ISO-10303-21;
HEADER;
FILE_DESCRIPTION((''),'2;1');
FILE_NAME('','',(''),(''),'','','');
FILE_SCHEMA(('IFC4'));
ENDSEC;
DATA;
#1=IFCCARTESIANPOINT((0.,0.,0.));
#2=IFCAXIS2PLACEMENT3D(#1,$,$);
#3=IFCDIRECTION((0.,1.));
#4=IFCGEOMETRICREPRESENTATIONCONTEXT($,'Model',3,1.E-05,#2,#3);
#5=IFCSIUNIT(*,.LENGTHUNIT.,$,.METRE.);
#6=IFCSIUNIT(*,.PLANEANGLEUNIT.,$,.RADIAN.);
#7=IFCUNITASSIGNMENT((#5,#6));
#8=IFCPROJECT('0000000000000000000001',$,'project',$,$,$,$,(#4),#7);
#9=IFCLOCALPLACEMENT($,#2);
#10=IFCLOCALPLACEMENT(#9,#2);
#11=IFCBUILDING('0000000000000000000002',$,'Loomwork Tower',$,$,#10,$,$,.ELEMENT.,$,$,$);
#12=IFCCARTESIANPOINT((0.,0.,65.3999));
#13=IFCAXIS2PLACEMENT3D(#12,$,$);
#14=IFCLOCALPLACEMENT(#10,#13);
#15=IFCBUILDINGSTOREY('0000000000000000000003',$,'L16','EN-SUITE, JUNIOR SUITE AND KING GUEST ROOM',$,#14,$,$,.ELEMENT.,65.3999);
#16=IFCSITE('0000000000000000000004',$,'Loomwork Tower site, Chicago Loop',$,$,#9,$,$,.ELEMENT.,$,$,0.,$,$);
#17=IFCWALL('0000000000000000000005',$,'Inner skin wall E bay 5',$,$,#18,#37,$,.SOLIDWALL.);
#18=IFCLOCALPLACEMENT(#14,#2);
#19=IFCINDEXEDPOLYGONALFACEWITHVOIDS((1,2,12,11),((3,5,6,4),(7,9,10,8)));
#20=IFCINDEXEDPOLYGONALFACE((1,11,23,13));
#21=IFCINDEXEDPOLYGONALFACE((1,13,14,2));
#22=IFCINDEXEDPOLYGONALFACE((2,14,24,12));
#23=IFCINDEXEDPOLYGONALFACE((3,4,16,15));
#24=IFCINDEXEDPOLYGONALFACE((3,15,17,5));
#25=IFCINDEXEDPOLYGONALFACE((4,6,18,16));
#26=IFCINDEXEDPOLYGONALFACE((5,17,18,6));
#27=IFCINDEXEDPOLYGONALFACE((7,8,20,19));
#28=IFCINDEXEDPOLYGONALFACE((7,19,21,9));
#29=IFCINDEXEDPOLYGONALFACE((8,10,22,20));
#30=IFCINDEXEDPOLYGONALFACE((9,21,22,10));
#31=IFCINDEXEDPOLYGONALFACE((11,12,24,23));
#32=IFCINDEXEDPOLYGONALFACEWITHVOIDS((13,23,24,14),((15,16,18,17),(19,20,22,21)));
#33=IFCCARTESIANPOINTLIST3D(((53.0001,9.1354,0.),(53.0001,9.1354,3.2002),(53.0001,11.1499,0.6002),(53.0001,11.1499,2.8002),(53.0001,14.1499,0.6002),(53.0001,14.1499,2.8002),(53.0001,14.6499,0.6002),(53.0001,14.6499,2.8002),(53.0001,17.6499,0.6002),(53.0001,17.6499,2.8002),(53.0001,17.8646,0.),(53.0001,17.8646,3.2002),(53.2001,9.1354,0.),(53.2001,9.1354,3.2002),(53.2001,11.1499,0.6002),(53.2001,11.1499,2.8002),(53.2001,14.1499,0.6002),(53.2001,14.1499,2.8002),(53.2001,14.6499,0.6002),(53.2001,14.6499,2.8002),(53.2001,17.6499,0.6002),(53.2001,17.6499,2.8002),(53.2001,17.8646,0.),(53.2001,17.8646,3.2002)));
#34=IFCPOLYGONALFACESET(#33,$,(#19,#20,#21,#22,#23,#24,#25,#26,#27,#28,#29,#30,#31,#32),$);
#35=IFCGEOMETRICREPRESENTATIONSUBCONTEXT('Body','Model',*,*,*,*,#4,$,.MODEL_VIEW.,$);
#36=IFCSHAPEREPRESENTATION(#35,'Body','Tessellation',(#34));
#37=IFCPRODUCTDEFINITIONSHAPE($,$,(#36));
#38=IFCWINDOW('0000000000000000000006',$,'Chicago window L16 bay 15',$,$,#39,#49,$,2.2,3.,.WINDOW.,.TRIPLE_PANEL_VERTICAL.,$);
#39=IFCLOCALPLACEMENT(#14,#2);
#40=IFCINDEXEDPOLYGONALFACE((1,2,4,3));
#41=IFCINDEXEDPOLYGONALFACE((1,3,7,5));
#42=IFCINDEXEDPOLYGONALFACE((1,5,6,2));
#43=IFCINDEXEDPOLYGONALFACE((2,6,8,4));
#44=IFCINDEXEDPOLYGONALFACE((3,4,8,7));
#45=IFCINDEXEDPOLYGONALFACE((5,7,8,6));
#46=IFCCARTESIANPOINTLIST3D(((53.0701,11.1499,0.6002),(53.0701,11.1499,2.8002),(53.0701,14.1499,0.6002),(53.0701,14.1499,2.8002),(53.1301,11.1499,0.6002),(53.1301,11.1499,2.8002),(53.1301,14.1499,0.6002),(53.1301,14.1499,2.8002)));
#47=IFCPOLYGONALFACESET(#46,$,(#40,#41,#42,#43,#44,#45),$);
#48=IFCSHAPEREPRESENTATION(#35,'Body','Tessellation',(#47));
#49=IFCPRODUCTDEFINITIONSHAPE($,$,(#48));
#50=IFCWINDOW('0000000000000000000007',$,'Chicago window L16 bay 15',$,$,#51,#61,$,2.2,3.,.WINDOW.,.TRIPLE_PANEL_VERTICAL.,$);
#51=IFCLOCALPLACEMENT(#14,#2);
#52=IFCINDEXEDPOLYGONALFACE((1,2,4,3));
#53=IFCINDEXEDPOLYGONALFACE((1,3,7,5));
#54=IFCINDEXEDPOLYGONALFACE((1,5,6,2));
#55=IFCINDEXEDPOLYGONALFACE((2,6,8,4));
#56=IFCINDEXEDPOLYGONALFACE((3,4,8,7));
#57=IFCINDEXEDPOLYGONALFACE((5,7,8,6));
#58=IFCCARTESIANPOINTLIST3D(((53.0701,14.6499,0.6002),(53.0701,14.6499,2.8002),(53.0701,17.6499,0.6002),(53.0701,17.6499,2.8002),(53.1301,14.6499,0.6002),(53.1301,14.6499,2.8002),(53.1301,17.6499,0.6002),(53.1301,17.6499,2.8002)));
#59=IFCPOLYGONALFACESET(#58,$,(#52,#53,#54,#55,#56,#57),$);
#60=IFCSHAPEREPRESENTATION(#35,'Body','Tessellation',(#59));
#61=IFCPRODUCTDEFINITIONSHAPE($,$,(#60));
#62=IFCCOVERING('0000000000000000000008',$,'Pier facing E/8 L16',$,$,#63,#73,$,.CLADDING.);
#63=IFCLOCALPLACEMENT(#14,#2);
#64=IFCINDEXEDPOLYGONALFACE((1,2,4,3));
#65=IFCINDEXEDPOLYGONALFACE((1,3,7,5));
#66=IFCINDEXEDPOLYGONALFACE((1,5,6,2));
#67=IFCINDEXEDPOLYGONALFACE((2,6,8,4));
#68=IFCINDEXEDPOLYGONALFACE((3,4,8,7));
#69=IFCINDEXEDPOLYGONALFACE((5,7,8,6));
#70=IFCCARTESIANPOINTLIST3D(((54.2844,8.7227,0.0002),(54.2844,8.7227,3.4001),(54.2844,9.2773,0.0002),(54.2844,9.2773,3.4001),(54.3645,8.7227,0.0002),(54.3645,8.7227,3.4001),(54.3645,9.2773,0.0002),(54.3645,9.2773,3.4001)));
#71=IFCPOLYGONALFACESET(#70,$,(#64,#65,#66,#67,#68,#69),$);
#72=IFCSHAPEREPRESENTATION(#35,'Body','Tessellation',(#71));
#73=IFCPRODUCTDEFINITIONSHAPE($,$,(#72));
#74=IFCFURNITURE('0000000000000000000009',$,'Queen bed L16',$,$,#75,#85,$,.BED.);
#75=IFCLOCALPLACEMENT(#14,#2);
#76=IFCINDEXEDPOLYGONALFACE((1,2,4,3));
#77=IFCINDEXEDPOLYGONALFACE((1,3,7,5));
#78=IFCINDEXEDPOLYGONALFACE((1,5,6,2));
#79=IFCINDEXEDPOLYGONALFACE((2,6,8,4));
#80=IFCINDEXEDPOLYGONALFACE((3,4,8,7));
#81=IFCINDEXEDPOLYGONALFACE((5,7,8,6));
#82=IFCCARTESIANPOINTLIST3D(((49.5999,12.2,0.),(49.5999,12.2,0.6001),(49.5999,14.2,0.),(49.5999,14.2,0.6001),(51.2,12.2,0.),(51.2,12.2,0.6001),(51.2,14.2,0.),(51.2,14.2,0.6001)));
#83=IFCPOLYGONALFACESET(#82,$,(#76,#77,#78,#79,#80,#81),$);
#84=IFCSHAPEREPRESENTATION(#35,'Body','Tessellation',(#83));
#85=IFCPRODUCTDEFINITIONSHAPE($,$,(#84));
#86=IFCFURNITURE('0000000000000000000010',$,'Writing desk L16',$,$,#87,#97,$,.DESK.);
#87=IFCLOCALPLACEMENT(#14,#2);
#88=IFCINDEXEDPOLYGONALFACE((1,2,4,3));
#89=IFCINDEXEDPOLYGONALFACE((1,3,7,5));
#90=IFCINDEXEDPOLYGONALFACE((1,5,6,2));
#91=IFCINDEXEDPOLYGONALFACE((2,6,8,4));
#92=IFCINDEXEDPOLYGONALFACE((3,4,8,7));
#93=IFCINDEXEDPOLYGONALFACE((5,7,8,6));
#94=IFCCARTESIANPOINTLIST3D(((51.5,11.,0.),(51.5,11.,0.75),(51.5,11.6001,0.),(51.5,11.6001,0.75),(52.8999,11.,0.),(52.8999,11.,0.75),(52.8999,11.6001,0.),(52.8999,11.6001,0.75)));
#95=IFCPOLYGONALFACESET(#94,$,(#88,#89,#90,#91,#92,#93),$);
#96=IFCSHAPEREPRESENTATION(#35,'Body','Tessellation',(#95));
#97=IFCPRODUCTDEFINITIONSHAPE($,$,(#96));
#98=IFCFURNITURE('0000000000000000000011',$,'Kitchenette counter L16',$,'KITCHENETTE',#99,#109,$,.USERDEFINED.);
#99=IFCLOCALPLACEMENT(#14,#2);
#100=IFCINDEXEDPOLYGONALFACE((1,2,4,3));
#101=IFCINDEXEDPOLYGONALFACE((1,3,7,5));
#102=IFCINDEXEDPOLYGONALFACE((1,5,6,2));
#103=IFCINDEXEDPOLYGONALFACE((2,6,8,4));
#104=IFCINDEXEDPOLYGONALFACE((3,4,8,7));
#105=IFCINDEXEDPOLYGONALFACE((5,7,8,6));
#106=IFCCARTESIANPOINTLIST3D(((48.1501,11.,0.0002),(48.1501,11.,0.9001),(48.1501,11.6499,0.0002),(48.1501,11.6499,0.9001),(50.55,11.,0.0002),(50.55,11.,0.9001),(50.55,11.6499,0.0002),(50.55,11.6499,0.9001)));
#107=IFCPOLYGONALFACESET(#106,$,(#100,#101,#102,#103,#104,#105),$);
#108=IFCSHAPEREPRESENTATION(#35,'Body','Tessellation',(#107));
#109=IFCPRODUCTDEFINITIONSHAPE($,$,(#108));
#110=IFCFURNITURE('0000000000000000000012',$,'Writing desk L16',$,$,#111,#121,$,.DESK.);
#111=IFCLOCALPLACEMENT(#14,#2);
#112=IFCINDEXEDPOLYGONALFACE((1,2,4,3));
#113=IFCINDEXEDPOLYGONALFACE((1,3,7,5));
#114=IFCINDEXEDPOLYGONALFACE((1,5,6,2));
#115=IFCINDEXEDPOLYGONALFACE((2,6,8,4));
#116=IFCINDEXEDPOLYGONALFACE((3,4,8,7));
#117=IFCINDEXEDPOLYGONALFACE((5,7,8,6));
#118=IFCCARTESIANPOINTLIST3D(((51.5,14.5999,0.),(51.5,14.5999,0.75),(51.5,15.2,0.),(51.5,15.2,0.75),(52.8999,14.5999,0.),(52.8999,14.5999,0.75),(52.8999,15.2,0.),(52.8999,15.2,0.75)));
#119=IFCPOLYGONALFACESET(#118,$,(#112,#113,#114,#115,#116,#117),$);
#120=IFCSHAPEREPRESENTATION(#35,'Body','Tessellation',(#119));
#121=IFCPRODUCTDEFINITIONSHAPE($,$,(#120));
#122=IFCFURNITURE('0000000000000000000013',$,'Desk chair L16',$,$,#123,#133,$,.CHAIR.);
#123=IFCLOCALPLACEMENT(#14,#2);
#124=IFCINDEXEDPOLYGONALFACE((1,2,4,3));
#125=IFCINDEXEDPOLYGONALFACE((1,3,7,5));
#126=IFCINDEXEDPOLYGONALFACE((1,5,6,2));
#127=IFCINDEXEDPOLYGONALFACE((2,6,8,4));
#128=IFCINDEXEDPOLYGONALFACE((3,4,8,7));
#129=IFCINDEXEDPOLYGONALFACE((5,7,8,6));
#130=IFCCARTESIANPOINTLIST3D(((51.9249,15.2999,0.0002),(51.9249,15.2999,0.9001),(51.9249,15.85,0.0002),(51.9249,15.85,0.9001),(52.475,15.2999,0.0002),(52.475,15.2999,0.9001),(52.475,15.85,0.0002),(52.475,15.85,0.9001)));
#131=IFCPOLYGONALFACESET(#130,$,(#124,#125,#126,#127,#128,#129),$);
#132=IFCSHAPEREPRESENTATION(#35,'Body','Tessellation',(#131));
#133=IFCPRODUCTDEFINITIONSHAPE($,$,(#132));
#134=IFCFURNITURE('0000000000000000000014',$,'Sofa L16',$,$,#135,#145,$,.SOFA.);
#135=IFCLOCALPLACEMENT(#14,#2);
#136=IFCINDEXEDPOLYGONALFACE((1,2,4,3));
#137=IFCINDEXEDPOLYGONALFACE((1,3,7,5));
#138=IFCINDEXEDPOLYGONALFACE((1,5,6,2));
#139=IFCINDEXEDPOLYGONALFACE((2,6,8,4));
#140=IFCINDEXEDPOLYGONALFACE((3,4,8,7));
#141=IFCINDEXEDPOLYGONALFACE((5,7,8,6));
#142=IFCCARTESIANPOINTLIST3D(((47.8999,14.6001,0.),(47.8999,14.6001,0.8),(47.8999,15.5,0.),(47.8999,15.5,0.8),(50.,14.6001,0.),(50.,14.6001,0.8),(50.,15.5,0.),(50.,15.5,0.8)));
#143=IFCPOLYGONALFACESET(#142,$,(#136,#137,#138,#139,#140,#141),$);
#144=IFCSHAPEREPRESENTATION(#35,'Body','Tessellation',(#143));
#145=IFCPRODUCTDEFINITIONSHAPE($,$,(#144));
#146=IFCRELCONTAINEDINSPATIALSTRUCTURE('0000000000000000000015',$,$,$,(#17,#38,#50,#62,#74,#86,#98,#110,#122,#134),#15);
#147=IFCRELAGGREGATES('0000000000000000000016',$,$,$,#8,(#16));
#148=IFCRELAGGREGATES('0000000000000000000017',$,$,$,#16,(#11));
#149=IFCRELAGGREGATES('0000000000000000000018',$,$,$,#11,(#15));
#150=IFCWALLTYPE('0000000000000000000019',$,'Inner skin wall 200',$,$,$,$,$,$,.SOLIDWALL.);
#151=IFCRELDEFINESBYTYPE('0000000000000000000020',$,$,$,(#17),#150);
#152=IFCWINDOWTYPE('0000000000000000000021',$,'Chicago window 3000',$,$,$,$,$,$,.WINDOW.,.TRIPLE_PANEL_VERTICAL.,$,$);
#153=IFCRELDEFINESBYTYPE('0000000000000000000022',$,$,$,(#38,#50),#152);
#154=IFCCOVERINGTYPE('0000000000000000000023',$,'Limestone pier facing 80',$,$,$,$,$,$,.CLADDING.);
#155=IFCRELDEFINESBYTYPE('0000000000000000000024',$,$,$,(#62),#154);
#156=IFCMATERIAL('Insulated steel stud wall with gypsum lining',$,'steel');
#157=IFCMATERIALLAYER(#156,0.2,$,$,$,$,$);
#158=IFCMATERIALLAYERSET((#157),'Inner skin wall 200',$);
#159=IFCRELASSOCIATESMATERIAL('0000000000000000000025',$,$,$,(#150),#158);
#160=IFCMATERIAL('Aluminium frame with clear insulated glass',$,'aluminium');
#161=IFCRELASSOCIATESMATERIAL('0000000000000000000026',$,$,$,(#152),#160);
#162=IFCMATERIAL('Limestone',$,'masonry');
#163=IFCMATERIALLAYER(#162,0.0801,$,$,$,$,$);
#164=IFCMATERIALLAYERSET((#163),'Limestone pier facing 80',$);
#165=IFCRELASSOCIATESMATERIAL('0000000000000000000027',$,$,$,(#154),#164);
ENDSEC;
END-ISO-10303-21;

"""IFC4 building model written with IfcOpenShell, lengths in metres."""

from ifc_helpers import new_model, si_unit, direction, frame, frame_2d, origin, origin_2d, place, context, subcontext, project, spatial, rectangle, extrude, material, layer, layer_set, type_object, element, fill, save


model = new_model("IFC4")

# Units and contexts
model_context = context("Model", 3, precision=1e-05, world=origin(), true_north=direction((0.0, 1.0)))
body_context = subcontext(model_context, "Body", "Model", "MODEL_VIEW")
ifc_project = project(units=[si_unit("LENGTHUNIT", "METRE"), si_unit("PLANEANGLEUNIT", "RADIAN")], contexts=[model_context])

# Site, building, storey
site_placement = place(None, origin())
site = spatial("IfcSite", under=ifc_project, at=site_placement, Name="Loomwork Tower site, Chicago Loop", CompositionType="ELEMENT", RefElevation=0.0)
building_placement = place(site_placement, origin())
building = spatial("IfcBuilding", under=site, at=building_placement, Name="Loomwork Tower", CompositionType="ELEMENT")
storey_placement = place(building_placement, frame((0.0, 0.0, 65.3999)))
storey = spatial("IfcBuildingStorey", under=building, at=storey_placement, Name="L16", Description="EN-SUITE, JUNIOR SUITE AND KING GUEST ROOM", CompositionType="ELEMENT", Elevation=65.3999)

# Shared definitions
ifc_material_1 = material(Name="Insulated steel stud wall with gypsum lining", Category="steel")
ifc_layer_1 = layer(ifc_material_1, 0.2)
ifc_layer_set_1 = layer_set([ifc_layer_1], Name="Inner skin wall 200")
wall_type = type_object("IfcWallType", Name="Inner skin wall 200", PredefinedType="SOLIDWALL", material=ifc_layer_set_1)

# Wall, openings, windows
wall_1_placement = place(storey_placement, frame((53.1001, 9.1353, 0.0), z_axis=(0.0, 0.0, 1.0), x_axis=(0.0, 1.0, 0.0)))
wall_1 = element("IfcWall", 1, at=wall_1_placement, inside=storey, type_object=wall_type, Name="Inner skin wall E bay 5", PredefinedType="SOLIDWALL", context=body_context, shape_type="SweptSolid", body=[
    extrude(rectangle(XDim=8.7292, YDim=0.2, at=frame_2d((4.3647, 0.0))), origin(), (0.0, 0.0, 1.0), 3.2002),
])
opening_1_placement = place(wall_1_placement, frame((2.0146, 0.0, 0.6001)))
opening_1 = element("IfcOpeningElement", 2, at=opening_1_placement, cuts=wall_1, PredefinedType="OPENING", context=body_context, shape_type="SweptSolid", body=[
    extrude(rectangle(XDim=3.0, YDim=2.2, at=frame_2d((1.5, 1.1001))), frame((0.0, 0.1099, 0.0), z_axis=(0.0, -1.0, 0.0), x_axis=(1.0, 0.0, 0.0)), (0.0, 0.0, 1.0), 0.22),
])
opening_2_placement = place(wall_1_placement, frame((5.5146, 0.0, 0.6001)))
opening_2 = element("IfcOpeningElement", 3, at=opening_2_placement, cuts=wall_1, PredefinedType="OPENING", context=body_context, shape_type="SweptSolid", body=[
    extrude(rectangle(XDim=3.0, YDim=2.2, at=frame_2d((1.5, 1.1001))), frame((0.0, 0.1099, 0.0), z_axis=(0.0, -1.0, 0.0), x_axis=(1.0, 0.0, 0.0)), (0.0, 0.0, 1.0), 0.22),
])
ifc_material_2 = material(Name="Aluminium frame with clear insulated glass", Category="aluminium")
window_type = type_object("IfcWindowType", Name="Chicago window 3000", PartitioningType="TRIPLE_PANEL_VERTICAL", PredefinedType="WINDOW", material=ifc_material_2)
window_1_placement = place(opening_1_placement, origin())
window_1 = element("IfcWindow", 4, at=window_1_placement, inside=storey, type_object=window_type, Name="Chicago window L16 bay 15", OverallHeight=2.2, OverallWidth=3.0, PartitioningType="TRIPLE_PANEL_VERTICAL", PredefinedType="WINDOW", context=body_context, shape_type="SweptSolid", body=[
    extrude(rectangle(XDim=3.0, YDim=2.2, at=frame_2d((1.5, 1.1001))), frame((0.0, 0.03, 0.0), z_axis=(0.0, -1.0, 0.0), x_axis=(1.0, 0.0, 0.0)), (0.0, 0.0, 1.0), 0.0601),
])
fill(opening_1, window_1)
window_2_placement = place(opening_2_placement, origin())
window_2 = element("IfcWindow", 5, at=window_2_placement, inside=storey, type_object=window_type, Name="Chicago window L16 bay 15", OverallHeight=2.2, OverallWidth=3.0, PartitioningType="TRIPLE_PANEL_VERTICAL", PredefinedType="WINDOW", context=body_context, shape_type="SweptSolid", body=[
    extrude(rectangle(XDim=3.0, YDim=2.2, at=frame_2d((1.5, 1.1001))), frame((0.0, 0.03, 0.0), z_axis=(0.0, -1.0, 0.0), x_axis=(1.0, 0.0, 0.0)), (0.0, 0.0, 1.0), 0.0601),
])
fill(opening_2, window_2)

# Covering
ifc_material_3 = material(Name="Limestone", Category="masonry")
ifc_layer_2 = layer(ifc_material_3, 0.0801)
ifc_layer_set_2 = layer_set([ifc_layer_2], Name="Limestone pier facing 80")
covering_type = type_object("IfcCoveringType", Name="Limestone pier facing 80", PredefinedType="CLADDING", material=ifc_layer_set_2)
covering_placement = place(storey_placement, frame((54.3245, 9.0, 0.0002), z_axis=(0.0, 0.0, 1.0), x_axis=(1.0, 0.0, 0.0)))
element("IfcCovering", 6, at=covering_placement, inside=storey, type_object=covering_type, Name="Pier facing E/8 L16", PredefinedType="CLADDING", context=body_context, shape_type="SweptSolid", body=[
    extrude(rectangle(XDim=0.0801, YDim=0.5547, at=origin_2d()), origin(), (0.0, 0.0, 1.0), 3.3999),
])

# Furniture
furniture_1_placement = place(storey_placement, frame((50.3999, 13.2, 0.0), z_axis=(0.0, 0.0, 1.0), x_axis=(1.0, 0.0, 0.0)))
element("IfcFurniture", 7, at=furniture_1_placement, inside=storey, Name="Queen bed L16", PredefinedType="BED", context=body_context, shape_type="SweptSolid", body=[
    extrude(rectangle(XDim=1.6001, YDim=2.0, at=origin_2d()), origin(), (0.0, 0.0, 1.0), 0.6001),
])
furniture_2_placement = place(storey_placement, frame((52.2, 11.3, 0.0), z_axis=(0.0, 0.0, 1.0), x_axis=(1.0, 0.0, 0.0)))
element("IfcFurniture", 8, at=furniture_2_placement, inside=storey, Name="Writing desk L16", PredefinedType="DESK", context=body_context, shape_type="SweptSolid", body=[
    extrude(rectangle(XDim=1.3999, YDim=0.6001, at=origin_2d()), origin(), (0.0, 0.0, 1.0), 0.75),
])
furniture_3_placement = place(storey_placement, frame((49.3501, 11.325, 0.0002), z_axis=(0.0, 0.0, 1.0), x_axis=(1.0, 0.0, 0.0)))
element("IfcFurniture", 9, at=furniture_3_placement, inside=storey, Name="Kitchenette counter L16", ObjectType="KITCHENETTE", PredefinedType="USERDEFINED", context=body_context, shape_type="SweptSolid", body=[
    extrude(rectangle(XDim=2.3999, YDim=0.6499, at=origin_2d()), origin(), (0.0, 0.0, 1.0), 0.8999),
])
furniture_4_placement = place(storey_placement, frame((52.2, 14.8999, 0.0), z_axis=(0.0, 0.0, 1.0), x_axis=(1.0, 0.0, 0.0)))
element("IfcFurniture", 10, at=furniture_4_placement, inside=storey, Name="Writing desk L16", PredefinedType="DESK", context=body_context, shape_type="SweptSolid", body=[
    extrude(rectangle(XDim=1.3999, YDim=0.6001, at=origin_2d()), origin(), (0.0, 0.0, 1.0), 0.75),
])
furniture_5_placement = place(storey_placement, frame((52.2, 15.575, 0.0002), z_axis=(0.0, 0.0, 1.0), x_axis=(1.0, 0.0, 0.0)))
element("IfcFurniture", 11, at=furniture_5_placement, inside=storey, Name="Desk chair L16", PredefinedType="CHAIR", context=body_context, shape_type="SweptSolid", body=[
    extrude(rectangle(XDim=0.55, YDim=0.55, at=origin_2d()), origin(), (0.0, 0.0, 1.0), 0.8999),
])
furniture_6_placement = place(storey_placement, frame((48.95, 15.05, 0.0), z_axis=(0.0, 0.0, 1.0), x_axis=(1.0, 0.0, 0.0)))
element("IfcFurniture", 12, at=furniture_6_placement, inside=storey, Name="Sofa L16", PredefinedType="SOFA", context=body_context, shape_type="SweptSolid", body=[
    extrude(rectangle(XDim=2.1001, YDim=0.8999, at=origin_2d()), origin(), (0.0, 0.0, 1.0), 0.8),
])

save(model, "model.ifc")
